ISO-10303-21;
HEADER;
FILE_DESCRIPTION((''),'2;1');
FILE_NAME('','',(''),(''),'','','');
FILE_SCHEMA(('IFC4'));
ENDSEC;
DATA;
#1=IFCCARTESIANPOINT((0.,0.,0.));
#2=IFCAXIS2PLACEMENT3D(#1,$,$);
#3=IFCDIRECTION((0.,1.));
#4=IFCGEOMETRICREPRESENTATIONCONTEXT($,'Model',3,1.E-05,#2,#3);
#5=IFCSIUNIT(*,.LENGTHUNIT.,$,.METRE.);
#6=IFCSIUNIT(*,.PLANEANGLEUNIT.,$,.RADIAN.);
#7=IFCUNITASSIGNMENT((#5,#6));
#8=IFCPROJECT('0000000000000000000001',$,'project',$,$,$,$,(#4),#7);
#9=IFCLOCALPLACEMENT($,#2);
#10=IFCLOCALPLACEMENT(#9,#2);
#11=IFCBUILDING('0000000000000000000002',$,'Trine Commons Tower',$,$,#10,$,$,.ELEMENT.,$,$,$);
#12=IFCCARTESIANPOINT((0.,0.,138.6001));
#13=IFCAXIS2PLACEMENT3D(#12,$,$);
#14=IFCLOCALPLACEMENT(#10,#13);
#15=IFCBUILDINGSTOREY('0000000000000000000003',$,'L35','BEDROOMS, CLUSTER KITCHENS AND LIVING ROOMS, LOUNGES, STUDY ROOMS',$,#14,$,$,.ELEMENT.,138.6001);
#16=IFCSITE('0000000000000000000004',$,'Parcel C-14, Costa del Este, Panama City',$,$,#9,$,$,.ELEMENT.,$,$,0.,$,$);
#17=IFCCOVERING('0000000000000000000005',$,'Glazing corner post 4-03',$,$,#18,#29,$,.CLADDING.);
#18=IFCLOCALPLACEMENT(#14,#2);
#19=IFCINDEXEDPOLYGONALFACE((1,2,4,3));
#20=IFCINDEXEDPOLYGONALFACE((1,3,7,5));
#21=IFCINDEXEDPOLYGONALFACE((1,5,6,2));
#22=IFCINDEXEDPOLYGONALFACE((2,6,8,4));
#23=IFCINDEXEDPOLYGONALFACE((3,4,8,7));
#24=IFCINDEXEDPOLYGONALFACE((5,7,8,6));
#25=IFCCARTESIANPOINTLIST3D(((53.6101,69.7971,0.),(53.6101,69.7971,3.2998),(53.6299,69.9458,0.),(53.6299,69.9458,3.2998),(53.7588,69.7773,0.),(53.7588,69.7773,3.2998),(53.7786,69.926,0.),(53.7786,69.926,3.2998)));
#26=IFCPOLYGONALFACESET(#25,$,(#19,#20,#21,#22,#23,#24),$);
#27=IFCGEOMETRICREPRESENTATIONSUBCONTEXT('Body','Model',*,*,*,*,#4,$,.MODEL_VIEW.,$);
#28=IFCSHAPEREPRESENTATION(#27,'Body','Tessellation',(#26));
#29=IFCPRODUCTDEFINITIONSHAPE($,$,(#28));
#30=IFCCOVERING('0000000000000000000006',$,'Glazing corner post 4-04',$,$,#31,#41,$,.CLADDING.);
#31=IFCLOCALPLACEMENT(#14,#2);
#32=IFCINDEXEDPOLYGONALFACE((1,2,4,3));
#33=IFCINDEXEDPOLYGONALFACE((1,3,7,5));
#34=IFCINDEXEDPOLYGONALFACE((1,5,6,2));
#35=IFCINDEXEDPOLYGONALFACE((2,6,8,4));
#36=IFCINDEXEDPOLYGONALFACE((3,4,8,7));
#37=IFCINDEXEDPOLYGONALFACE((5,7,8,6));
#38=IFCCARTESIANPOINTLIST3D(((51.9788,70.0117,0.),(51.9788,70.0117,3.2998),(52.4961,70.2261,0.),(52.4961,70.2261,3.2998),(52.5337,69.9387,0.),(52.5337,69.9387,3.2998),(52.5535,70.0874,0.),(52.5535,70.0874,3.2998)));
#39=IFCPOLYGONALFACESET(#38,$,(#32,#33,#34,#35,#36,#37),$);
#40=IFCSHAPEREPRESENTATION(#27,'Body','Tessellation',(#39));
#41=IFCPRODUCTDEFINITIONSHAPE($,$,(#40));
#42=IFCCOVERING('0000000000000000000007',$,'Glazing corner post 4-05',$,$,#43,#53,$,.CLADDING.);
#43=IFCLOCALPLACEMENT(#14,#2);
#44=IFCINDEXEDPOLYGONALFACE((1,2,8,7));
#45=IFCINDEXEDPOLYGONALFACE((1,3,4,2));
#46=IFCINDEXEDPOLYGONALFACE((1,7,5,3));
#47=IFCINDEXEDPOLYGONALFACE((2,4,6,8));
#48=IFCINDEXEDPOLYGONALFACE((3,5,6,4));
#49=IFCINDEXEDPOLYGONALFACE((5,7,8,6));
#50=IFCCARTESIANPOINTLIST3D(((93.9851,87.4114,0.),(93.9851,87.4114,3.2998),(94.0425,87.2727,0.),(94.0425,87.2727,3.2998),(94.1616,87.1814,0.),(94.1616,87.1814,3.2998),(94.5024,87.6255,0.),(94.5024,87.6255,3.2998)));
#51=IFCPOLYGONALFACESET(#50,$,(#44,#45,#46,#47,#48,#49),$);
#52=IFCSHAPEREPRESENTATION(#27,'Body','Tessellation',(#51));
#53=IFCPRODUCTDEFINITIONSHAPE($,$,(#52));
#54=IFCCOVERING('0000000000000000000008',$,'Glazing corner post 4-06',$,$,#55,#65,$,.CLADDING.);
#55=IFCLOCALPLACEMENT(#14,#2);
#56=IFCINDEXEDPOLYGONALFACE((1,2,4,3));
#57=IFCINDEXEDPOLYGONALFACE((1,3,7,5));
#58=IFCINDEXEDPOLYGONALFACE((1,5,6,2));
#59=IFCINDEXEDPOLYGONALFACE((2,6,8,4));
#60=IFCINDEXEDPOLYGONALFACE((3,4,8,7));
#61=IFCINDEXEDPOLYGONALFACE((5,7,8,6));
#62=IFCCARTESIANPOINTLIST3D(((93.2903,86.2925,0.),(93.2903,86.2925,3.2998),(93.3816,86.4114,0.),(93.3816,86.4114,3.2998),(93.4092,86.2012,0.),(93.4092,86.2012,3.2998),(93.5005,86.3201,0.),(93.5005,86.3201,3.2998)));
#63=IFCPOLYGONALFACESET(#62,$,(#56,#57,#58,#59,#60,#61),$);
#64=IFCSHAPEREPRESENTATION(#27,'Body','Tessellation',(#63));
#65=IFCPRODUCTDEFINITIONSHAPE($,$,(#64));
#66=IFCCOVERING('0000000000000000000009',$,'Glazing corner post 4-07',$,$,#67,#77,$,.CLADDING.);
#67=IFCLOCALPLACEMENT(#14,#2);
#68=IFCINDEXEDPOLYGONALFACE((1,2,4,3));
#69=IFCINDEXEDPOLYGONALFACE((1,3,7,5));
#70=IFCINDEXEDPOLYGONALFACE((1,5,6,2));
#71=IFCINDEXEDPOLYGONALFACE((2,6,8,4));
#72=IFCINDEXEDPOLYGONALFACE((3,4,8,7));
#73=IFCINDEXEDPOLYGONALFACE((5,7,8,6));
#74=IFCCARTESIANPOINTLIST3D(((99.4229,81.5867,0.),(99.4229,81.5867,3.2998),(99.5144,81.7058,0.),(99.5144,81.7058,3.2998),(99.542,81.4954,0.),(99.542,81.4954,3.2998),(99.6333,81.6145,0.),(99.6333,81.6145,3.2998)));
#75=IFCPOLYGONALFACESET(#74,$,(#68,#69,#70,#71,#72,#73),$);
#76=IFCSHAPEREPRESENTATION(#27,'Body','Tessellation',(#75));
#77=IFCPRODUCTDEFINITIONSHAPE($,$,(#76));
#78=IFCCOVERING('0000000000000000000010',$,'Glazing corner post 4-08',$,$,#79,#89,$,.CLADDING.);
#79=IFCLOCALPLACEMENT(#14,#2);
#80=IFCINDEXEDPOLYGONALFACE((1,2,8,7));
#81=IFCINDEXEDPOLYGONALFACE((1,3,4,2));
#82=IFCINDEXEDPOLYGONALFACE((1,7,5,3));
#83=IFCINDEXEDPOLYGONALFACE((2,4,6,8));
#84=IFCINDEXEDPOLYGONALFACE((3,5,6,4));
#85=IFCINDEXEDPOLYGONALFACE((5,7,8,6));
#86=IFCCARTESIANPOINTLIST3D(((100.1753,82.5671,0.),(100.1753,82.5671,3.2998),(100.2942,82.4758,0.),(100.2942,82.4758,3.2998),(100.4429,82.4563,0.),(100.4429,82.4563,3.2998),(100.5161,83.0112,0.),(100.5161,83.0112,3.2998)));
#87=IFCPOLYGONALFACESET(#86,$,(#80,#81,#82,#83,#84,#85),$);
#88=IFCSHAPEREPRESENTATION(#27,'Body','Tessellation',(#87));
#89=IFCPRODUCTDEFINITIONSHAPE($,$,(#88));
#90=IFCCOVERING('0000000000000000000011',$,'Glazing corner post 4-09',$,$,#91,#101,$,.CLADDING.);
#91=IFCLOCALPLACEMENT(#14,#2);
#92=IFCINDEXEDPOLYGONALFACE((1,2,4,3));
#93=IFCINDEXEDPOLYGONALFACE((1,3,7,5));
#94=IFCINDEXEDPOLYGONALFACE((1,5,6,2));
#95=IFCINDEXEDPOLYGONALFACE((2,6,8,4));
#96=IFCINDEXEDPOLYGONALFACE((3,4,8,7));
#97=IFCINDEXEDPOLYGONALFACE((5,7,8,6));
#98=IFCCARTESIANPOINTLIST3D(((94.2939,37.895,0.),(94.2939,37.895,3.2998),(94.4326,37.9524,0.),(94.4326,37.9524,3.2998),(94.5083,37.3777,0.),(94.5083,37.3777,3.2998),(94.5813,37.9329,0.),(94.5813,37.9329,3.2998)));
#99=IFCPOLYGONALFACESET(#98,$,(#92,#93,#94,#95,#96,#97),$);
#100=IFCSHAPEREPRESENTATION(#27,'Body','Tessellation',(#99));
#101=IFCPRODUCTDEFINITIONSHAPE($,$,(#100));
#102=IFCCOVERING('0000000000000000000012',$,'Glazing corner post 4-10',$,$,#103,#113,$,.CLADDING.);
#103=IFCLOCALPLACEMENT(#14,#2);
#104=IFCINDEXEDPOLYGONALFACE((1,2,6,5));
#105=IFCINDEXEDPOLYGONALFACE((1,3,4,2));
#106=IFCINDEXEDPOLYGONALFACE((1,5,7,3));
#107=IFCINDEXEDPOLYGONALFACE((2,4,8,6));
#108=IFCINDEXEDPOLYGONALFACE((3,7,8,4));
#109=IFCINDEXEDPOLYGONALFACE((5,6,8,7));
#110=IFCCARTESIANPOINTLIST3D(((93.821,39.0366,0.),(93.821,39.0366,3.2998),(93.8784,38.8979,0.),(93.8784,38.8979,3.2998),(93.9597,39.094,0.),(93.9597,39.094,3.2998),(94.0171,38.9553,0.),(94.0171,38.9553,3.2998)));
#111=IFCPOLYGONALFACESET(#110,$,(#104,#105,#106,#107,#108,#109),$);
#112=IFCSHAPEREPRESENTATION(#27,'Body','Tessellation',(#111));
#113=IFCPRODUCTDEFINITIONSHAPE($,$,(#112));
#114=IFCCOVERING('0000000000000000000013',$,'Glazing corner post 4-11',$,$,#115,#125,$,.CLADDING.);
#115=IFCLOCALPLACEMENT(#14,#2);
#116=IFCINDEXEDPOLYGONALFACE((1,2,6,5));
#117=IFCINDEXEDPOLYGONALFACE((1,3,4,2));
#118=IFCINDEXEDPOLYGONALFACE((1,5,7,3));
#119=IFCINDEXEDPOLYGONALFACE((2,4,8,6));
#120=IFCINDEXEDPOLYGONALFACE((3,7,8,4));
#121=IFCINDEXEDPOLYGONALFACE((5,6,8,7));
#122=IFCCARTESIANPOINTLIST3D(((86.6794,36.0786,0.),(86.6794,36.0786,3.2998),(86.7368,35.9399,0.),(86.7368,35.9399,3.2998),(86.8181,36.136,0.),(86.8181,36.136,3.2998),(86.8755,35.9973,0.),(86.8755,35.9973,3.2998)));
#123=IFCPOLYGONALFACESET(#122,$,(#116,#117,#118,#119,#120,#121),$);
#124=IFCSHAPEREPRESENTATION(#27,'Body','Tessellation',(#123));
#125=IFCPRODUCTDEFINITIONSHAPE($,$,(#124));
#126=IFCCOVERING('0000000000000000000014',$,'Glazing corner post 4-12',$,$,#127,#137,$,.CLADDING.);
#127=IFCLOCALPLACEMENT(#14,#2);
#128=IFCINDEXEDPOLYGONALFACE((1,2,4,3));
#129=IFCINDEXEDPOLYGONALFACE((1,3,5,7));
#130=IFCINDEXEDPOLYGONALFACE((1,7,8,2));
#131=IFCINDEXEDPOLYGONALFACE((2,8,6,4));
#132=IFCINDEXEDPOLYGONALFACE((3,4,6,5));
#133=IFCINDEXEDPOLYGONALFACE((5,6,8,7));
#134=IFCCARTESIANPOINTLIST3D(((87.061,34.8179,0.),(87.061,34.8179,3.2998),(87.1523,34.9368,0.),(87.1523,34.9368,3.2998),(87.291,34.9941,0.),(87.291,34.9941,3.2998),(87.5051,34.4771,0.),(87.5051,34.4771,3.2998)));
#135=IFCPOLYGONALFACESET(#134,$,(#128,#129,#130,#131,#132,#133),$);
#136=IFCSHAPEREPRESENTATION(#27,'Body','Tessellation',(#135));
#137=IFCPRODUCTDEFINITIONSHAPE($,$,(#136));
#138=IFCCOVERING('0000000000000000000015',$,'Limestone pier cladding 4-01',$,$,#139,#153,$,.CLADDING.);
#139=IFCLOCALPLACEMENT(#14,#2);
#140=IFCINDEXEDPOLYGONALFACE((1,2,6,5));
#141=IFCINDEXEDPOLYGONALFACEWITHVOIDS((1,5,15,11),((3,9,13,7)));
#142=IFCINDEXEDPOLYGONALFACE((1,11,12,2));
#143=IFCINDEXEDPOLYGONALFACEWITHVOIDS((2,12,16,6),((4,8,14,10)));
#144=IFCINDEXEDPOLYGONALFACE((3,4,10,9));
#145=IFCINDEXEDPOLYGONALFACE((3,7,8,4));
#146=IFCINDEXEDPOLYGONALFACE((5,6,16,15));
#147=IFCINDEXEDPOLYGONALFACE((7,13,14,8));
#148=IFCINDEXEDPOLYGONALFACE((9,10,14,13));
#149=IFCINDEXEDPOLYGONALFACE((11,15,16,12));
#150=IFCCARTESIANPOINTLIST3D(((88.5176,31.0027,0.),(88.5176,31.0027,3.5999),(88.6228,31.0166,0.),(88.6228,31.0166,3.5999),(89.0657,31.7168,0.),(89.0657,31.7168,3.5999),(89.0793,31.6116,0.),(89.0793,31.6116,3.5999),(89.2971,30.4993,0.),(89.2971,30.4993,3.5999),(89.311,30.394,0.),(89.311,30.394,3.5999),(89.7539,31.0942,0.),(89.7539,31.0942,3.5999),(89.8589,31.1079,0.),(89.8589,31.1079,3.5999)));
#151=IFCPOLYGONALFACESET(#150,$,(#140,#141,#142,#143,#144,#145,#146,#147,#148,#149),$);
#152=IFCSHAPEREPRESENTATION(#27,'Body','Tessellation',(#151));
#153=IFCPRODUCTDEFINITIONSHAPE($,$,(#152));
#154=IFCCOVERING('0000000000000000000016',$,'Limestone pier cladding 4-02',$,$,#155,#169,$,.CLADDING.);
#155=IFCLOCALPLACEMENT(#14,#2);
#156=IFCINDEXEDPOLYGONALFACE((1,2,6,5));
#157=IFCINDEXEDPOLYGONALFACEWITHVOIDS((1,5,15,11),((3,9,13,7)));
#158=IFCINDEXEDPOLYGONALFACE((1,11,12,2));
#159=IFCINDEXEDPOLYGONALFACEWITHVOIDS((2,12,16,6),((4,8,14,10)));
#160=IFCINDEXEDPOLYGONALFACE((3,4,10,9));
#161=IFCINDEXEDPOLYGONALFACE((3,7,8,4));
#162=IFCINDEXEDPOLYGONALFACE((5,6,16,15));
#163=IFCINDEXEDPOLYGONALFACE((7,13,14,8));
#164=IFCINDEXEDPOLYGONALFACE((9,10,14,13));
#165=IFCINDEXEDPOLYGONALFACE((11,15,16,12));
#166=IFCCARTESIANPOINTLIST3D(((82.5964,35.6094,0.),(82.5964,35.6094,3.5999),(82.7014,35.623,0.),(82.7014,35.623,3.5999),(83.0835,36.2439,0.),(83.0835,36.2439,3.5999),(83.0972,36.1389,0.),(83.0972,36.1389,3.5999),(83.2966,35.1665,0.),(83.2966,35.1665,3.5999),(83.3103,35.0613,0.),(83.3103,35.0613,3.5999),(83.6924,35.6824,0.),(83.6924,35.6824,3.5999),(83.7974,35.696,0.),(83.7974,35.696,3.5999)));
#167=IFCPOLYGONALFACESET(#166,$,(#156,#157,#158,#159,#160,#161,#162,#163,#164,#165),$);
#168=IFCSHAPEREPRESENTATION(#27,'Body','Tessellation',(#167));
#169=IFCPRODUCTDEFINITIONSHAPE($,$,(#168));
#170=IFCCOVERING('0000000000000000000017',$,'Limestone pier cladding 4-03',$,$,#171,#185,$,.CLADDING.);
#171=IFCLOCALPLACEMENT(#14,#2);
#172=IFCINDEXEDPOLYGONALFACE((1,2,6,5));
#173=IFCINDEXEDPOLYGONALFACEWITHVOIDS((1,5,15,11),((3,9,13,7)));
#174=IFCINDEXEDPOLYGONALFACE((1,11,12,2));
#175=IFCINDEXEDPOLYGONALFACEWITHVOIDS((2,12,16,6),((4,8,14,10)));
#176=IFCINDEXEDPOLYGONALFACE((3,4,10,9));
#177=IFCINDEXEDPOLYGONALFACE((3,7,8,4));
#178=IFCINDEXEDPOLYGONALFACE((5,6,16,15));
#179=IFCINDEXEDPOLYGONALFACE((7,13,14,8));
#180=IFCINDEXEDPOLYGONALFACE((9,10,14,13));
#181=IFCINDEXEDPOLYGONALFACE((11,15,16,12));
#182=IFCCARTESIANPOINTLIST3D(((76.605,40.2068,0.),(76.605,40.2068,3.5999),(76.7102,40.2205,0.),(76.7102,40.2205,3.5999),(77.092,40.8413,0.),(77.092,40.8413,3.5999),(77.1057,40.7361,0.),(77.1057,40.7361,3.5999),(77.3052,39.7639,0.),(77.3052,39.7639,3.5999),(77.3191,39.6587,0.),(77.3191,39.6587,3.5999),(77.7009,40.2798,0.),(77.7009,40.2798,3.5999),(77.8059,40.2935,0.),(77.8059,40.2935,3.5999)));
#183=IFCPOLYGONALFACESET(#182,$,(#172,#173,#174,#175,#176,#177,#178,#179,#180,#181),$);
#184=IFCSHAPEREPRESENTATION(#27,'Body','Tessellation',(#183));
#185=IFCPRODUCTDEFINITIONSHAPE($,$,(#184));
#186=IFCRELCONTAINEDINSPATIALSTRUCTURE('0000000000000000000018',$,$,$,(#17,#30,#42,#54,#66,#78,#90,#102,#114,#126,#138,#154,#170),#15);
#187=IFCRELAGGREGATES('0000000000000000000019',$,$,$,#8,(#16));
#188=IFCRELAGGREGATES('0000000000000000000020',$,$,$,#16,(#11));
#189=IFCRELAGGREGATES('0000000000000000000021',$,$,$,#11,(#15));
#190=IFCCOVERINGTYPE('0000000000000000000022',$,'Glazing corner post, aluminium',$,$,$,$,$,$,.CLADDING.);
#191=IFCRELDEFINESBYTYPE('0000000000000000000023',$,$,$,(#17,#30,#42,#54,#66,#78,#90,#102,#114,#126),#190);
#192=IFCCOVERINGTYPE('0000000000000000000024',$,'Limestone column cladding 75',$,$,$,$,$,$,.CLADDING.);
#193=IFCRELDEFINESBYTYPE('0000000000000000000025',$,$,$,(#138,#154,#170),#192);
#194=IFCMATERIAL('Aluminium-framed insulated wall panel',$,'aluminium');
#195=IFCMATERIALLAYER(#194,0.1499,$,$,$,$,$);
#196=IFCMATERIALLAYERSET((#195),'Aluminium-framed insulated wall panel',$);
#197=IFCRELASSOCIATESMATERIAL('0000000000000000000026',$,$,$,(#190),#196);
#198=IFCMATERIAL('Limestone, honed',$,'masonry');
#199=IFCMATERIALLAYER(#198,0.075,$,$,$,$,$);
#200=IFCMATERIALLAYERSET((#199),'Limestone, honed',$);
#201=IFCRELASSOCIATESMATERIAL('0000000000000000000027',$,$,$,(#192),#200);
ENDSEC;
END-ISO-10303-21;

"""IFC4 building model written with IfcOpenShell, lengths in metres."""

from ifc_helpers import new_model, si_unit, direction, frame, origin, place, context, subcontext, project, spatial, polyline, outline, extrude, material, layer, layer_set, type_object, element, save


model = new_model("IFC4")

# Units and contexts
model_context = context("Model", 3, precision=1e-05, world=origin(), true_north=direction((0.0, 1.0)))
body_context = subcontext(model_context, "Body", "Model", "MODEL_VIEW")
ifc_project = project(units=[si_unit("LENGTHUNIT", "METRE"), si_unit("PLANEANGLEUNIT", "RADIAN")], contexts=[model_context])

# Site, building, storey
site_placement = place(None, origin())
site = spatial("IfcSite", under=ifc_project, at=site_placement, Name="Parcel C-14, Costa del Este, Panama City", CompositionType="ELEMENT", RefElevation=0.0)
building_placement = place(site_placement, origin())
building = spatial("IfcBuilding", under=site, at=building_placement, Name="Trine Commons Tower", CompositionType="ELEMENT")
storey_placement = place(building_placement, frame((0.0, 0.0, 138.6001)))
storey = spatial("IfcBuildingStorey", under=building, at=storey_placement, Name="L35", Description="BEDROOMS, CLUSTER KITCHENS AND LIVING ROOMS, LOUNGES, STUDY ROOMS", CompositionType="ELEMENT", Elevation=138.6001)

# Coverings
ifc_material_1 = material(Name="Aluminium-framed insulated wall panel", Category="aluminium")
ifc_layer_1 = layer(ifc_material_1, 0.1499)
ifc_layer_set_1 = layer_set([ifc_layer_1], Name="Aluminium-framed insulated wall panel")
covering_type_1 = type_object("IfcCoveringType", Name="Glazing corner post, aluminium", PredefinedType="CLADDING", material=ifc_layer_set_1)
covering_1_placement = place(storey_placement, origin())
element("IfcCovering", 1, at=covering_1_placement, inside=storey, type_object=covering_type_1, Name="Glazing corner post 4-03", PredefinedType="CLADDING", context=body_context, shape_type="SweptSolid", body=[
    extrude(outline(polyline([(53.6101, 69.7971), (53.7588, 69.7773), (53.7786, 69.926), (53.6299, 69.9458), (53.6101, 69.7971)])), origin(), (0.0, 0.0, 1.0), 3.2998),
])
covering_2_placement = place(storey_placement, origin())
element("IfcCovering", 2, at=covering_2_placement, inside=storey, type_object=covering_type_1, Name="Glazing corner post 4-04", PredefinedType="CLADDING", context=body_context, shape_type="SweptSolid", body=[
    extrude(outline(polyline([(52.5337, 69.9387), (52.5535, 70.0874), (52.4961, 70.2261), (51.9788, 70.0117), (52.5337, 69.9387)])), origin(), (0.0, 0.0, 1.0), 3.2998),
])
covering_3_placement = place(storey_placement, origin())
element("IfcCovering", 3, at=covering_3_placement, inside=storey, type_object=covering_type_1, Name="Glazing corner post 4-05", PredefinedType="CLADDING", context=body_context, shape_type="SweptSolid", body=[
    extrude(outline(polyline([(94.0425, 87.2727), (94.0425, 87.2727), (94.1616, 87.1814), (94.5024, 87.6255), (93.9851, 87.4114), (94.0425, 87.2727)])), origin(), (0.0, 0.0, 1.0), 3.2998),
])
covering_4_placement = place(storey_placement, origin())
element("IfcCovering", 4, at=covering_4_placement, inside=storey, type_object=covering_type_1, Name="Glazing corner post 4-06", PredefinedType="CLADDING", context=body_context, shape_type="SweptSolid", body=[
    extrude(outline(polyline([(93.4092, 86.2012), (93.5005, 86.3201), (93.3816, 86.4114), (93.2903, 86.2925), (93.4092, 86.2012)])), origin(), (0.0, 0.0, 1.0), 3.2998),
])
covering_5_placement = place(storey_placement, origin())
element("IfcCovering", 5, at=covering_5_placement, inside=storey, type_object=covering_type_1, Name="Glazing corner post 4-07", PredefinedType="CLADDING", context=body_context, shape_type="SweptSolid", body=[
    extrude(outline(polyline([(99.4229, 81.5867), (99.542, 81.4954), (99.6333, 81.6145), (99.5144, 81.7058), (99.4229, 81.5867)])), origin(), (0.0, 0.0, 1.0), 3.2998),
])
covering_6_placement = place(storey_placement, origin())
element("IfcCovering", 6, at=covering_6_placement, inside=storey, type_object=covering_type_1, Name="Glazing corner post 4-08", PredefinedType="CLADDING", context=body_context, shape_type="SweptSolid", body=[
    extrude(outline(polyline([(100.4429, 82.4563), (100.5161, 83.0112), (100.1753, 82.5671), (100.2942, 82.4758), (100.4429, 82.4563)])), origin(), (0.0, 0.0, 1.0), 3.2998),
])
covering_7_placement = place(storey_placement, origin())
element("IfcCovering", 7, at=covering_7_placement, inside=storey, type_object=covering_type_1, Name="Glazing corner post 4-09", PredefinedType="CLADDING", context=body_context, shape_type="SweptSolid", body=[
    extrude(outline(polyline([(94.2939, 37.895), (94.5083, 37.3777), (94.5813, 37.9329), (94.4326, 37.9524), (94.4326, 37.9524), (94.2939, 37.895)])), origin(), (0.0, 0.0, 1.0), 3.2998),
])
covering_8_placement = place(storey_placement, origin())
element("IfcCovering", 8, at=covering_8_placement, inside=storey, type_object=covering_type_1, Name="Glazing corner post 4-10", PredefinedType="CLADDING", context=body_context, shape_type="SweptSolid", body=[
    extrude(outline(polyline([(93.821, 39.0366), (93.8784, 38.8979), (93.8784, 38.8979), (94.0171, 38.9553), (93.9597, 39.094), (93.821, 39.0366)])), origin(), (0.0, 0.0, 1.0), 3.2998),
])
covering_9_placement = place(storey_placement, origin())
element("IfcCovering", 9, at=covering_9_placement, inside=storey, type_object=covering_type_1, Name="Glazing corner post 4-11", PredefinedType="CLADDING", context=body_context, shape_type="SweptSolid", body=[
    extrude(outline(polyline([(86.7368, 35.9399), (86.8755, 35.9973), (86.8181, 36.136), (86.6794, 36.0786), (86.7368, 35.9399)])), origin(), (0.0, 0.0, 1.0), 3.2998),
])
covering_10_placement = place(storey_placement, origin())
element("IfcCovering", 10, at=covering_10_placement, inside=storey, type_object=covering_type_1, Name="Glazing corner post 4-12", PredefinedType="CLADDING", context=body_context, shape_type="SweptSolid", body=[
    extrude(outline(polyline([(87.061, 34.8179), (87.5051, 34.4771), (87.291, 34.9941), (87.1523, 34.9368), (87.061, 34.8179)])), origin(), (0.0, 0.0, 1.0), 3.2998),
])
ifc_material_2 = material(Name="Limestone, honed", Category="masonry")
ifc_layer_2 = layer(ifc_material_2, 0.075)
ifc_layer_set_2 = layer_set([ifc_layer_2], Name="Limestone, honed")
covering_type_2 = type_object("IfcCoveringType", Name="Limestone column cladding 75", PredefinedType="CLADDING", material=ifc_layer_set_2)
covering_11_placement = place(storey_placement, origin())
element("IfcCovering", 11, at=covering_11_placement, inside=storey, type_object=covering_type_2, Name="Limestone pier cladding 4-01", PredefinedType="CLADDING", context=body_context, shape_type="SweptSolid", body=[
    extrude(outline(polyline([(89.0657, 31.7168), (88.5176, 31.0027), (89.311, 30.394), (89.8589, 31.1079), (89.0657, 31.7168)]), holes=[polyline([(89.0793, 31.6116), (88.6228, 31.0166), (89.2971, 30.4993), (89.7539, 31.0942), (89.0793, 31.6116)])]), origin(), (0.0, 0.0, 1.0), 3.5999),
])
covering_12_placement = place(storey_placement, origin())
element("IfcCovering", 12, at=covering_12_placement, inside=storey, type_object=covering_type_2, Name="Limestone pier cladding 4-02", PredefinedType="CLADDING", context=body_context, shape_type="SweptSolid", body=[
    extrude(outline(polyline([(83.0835, 36.2439), (82.5964, 35.6094), (83.3103, 35.0613), (83.7974, 35.696), (83.0835, 36.2439)]), holes=[polyline([(83.0972, 36.1389), (82.7014, 35.623), (83.2966, 35.1665), (83.6924, 35.6824), (83.0972, 36.1389)])]), origin(), (0.0, 0.0, 1.0), 3.5999),
])
covering_13_placement = place(storey_placement, origin())
element("IfcCovering", 13, at=covering_13_placement, inside=storey, type_object=covering_type_2, Name="Limestone pier cladding 4-03", PredefinedType="CLADDING", context=body_context, shape_type="SweptSolid", body=[
    extrude(outline(polyline([(77.092, 40.8413), (76.605, 40.2068), (77.3191, 39.6587), (77.8059, 40.2935), (77.092, 40.8413)]), holes=[polyline([(77.1057, 40.7361), (76.7102, 40.2205), (77.3052, 39.7639), (77.7009, 40.2798), (77.1057, 40.7361)])]), origin(), (0.0, 0.0, 1.0), 3.5999),
])

save(model, "model.ifc")
